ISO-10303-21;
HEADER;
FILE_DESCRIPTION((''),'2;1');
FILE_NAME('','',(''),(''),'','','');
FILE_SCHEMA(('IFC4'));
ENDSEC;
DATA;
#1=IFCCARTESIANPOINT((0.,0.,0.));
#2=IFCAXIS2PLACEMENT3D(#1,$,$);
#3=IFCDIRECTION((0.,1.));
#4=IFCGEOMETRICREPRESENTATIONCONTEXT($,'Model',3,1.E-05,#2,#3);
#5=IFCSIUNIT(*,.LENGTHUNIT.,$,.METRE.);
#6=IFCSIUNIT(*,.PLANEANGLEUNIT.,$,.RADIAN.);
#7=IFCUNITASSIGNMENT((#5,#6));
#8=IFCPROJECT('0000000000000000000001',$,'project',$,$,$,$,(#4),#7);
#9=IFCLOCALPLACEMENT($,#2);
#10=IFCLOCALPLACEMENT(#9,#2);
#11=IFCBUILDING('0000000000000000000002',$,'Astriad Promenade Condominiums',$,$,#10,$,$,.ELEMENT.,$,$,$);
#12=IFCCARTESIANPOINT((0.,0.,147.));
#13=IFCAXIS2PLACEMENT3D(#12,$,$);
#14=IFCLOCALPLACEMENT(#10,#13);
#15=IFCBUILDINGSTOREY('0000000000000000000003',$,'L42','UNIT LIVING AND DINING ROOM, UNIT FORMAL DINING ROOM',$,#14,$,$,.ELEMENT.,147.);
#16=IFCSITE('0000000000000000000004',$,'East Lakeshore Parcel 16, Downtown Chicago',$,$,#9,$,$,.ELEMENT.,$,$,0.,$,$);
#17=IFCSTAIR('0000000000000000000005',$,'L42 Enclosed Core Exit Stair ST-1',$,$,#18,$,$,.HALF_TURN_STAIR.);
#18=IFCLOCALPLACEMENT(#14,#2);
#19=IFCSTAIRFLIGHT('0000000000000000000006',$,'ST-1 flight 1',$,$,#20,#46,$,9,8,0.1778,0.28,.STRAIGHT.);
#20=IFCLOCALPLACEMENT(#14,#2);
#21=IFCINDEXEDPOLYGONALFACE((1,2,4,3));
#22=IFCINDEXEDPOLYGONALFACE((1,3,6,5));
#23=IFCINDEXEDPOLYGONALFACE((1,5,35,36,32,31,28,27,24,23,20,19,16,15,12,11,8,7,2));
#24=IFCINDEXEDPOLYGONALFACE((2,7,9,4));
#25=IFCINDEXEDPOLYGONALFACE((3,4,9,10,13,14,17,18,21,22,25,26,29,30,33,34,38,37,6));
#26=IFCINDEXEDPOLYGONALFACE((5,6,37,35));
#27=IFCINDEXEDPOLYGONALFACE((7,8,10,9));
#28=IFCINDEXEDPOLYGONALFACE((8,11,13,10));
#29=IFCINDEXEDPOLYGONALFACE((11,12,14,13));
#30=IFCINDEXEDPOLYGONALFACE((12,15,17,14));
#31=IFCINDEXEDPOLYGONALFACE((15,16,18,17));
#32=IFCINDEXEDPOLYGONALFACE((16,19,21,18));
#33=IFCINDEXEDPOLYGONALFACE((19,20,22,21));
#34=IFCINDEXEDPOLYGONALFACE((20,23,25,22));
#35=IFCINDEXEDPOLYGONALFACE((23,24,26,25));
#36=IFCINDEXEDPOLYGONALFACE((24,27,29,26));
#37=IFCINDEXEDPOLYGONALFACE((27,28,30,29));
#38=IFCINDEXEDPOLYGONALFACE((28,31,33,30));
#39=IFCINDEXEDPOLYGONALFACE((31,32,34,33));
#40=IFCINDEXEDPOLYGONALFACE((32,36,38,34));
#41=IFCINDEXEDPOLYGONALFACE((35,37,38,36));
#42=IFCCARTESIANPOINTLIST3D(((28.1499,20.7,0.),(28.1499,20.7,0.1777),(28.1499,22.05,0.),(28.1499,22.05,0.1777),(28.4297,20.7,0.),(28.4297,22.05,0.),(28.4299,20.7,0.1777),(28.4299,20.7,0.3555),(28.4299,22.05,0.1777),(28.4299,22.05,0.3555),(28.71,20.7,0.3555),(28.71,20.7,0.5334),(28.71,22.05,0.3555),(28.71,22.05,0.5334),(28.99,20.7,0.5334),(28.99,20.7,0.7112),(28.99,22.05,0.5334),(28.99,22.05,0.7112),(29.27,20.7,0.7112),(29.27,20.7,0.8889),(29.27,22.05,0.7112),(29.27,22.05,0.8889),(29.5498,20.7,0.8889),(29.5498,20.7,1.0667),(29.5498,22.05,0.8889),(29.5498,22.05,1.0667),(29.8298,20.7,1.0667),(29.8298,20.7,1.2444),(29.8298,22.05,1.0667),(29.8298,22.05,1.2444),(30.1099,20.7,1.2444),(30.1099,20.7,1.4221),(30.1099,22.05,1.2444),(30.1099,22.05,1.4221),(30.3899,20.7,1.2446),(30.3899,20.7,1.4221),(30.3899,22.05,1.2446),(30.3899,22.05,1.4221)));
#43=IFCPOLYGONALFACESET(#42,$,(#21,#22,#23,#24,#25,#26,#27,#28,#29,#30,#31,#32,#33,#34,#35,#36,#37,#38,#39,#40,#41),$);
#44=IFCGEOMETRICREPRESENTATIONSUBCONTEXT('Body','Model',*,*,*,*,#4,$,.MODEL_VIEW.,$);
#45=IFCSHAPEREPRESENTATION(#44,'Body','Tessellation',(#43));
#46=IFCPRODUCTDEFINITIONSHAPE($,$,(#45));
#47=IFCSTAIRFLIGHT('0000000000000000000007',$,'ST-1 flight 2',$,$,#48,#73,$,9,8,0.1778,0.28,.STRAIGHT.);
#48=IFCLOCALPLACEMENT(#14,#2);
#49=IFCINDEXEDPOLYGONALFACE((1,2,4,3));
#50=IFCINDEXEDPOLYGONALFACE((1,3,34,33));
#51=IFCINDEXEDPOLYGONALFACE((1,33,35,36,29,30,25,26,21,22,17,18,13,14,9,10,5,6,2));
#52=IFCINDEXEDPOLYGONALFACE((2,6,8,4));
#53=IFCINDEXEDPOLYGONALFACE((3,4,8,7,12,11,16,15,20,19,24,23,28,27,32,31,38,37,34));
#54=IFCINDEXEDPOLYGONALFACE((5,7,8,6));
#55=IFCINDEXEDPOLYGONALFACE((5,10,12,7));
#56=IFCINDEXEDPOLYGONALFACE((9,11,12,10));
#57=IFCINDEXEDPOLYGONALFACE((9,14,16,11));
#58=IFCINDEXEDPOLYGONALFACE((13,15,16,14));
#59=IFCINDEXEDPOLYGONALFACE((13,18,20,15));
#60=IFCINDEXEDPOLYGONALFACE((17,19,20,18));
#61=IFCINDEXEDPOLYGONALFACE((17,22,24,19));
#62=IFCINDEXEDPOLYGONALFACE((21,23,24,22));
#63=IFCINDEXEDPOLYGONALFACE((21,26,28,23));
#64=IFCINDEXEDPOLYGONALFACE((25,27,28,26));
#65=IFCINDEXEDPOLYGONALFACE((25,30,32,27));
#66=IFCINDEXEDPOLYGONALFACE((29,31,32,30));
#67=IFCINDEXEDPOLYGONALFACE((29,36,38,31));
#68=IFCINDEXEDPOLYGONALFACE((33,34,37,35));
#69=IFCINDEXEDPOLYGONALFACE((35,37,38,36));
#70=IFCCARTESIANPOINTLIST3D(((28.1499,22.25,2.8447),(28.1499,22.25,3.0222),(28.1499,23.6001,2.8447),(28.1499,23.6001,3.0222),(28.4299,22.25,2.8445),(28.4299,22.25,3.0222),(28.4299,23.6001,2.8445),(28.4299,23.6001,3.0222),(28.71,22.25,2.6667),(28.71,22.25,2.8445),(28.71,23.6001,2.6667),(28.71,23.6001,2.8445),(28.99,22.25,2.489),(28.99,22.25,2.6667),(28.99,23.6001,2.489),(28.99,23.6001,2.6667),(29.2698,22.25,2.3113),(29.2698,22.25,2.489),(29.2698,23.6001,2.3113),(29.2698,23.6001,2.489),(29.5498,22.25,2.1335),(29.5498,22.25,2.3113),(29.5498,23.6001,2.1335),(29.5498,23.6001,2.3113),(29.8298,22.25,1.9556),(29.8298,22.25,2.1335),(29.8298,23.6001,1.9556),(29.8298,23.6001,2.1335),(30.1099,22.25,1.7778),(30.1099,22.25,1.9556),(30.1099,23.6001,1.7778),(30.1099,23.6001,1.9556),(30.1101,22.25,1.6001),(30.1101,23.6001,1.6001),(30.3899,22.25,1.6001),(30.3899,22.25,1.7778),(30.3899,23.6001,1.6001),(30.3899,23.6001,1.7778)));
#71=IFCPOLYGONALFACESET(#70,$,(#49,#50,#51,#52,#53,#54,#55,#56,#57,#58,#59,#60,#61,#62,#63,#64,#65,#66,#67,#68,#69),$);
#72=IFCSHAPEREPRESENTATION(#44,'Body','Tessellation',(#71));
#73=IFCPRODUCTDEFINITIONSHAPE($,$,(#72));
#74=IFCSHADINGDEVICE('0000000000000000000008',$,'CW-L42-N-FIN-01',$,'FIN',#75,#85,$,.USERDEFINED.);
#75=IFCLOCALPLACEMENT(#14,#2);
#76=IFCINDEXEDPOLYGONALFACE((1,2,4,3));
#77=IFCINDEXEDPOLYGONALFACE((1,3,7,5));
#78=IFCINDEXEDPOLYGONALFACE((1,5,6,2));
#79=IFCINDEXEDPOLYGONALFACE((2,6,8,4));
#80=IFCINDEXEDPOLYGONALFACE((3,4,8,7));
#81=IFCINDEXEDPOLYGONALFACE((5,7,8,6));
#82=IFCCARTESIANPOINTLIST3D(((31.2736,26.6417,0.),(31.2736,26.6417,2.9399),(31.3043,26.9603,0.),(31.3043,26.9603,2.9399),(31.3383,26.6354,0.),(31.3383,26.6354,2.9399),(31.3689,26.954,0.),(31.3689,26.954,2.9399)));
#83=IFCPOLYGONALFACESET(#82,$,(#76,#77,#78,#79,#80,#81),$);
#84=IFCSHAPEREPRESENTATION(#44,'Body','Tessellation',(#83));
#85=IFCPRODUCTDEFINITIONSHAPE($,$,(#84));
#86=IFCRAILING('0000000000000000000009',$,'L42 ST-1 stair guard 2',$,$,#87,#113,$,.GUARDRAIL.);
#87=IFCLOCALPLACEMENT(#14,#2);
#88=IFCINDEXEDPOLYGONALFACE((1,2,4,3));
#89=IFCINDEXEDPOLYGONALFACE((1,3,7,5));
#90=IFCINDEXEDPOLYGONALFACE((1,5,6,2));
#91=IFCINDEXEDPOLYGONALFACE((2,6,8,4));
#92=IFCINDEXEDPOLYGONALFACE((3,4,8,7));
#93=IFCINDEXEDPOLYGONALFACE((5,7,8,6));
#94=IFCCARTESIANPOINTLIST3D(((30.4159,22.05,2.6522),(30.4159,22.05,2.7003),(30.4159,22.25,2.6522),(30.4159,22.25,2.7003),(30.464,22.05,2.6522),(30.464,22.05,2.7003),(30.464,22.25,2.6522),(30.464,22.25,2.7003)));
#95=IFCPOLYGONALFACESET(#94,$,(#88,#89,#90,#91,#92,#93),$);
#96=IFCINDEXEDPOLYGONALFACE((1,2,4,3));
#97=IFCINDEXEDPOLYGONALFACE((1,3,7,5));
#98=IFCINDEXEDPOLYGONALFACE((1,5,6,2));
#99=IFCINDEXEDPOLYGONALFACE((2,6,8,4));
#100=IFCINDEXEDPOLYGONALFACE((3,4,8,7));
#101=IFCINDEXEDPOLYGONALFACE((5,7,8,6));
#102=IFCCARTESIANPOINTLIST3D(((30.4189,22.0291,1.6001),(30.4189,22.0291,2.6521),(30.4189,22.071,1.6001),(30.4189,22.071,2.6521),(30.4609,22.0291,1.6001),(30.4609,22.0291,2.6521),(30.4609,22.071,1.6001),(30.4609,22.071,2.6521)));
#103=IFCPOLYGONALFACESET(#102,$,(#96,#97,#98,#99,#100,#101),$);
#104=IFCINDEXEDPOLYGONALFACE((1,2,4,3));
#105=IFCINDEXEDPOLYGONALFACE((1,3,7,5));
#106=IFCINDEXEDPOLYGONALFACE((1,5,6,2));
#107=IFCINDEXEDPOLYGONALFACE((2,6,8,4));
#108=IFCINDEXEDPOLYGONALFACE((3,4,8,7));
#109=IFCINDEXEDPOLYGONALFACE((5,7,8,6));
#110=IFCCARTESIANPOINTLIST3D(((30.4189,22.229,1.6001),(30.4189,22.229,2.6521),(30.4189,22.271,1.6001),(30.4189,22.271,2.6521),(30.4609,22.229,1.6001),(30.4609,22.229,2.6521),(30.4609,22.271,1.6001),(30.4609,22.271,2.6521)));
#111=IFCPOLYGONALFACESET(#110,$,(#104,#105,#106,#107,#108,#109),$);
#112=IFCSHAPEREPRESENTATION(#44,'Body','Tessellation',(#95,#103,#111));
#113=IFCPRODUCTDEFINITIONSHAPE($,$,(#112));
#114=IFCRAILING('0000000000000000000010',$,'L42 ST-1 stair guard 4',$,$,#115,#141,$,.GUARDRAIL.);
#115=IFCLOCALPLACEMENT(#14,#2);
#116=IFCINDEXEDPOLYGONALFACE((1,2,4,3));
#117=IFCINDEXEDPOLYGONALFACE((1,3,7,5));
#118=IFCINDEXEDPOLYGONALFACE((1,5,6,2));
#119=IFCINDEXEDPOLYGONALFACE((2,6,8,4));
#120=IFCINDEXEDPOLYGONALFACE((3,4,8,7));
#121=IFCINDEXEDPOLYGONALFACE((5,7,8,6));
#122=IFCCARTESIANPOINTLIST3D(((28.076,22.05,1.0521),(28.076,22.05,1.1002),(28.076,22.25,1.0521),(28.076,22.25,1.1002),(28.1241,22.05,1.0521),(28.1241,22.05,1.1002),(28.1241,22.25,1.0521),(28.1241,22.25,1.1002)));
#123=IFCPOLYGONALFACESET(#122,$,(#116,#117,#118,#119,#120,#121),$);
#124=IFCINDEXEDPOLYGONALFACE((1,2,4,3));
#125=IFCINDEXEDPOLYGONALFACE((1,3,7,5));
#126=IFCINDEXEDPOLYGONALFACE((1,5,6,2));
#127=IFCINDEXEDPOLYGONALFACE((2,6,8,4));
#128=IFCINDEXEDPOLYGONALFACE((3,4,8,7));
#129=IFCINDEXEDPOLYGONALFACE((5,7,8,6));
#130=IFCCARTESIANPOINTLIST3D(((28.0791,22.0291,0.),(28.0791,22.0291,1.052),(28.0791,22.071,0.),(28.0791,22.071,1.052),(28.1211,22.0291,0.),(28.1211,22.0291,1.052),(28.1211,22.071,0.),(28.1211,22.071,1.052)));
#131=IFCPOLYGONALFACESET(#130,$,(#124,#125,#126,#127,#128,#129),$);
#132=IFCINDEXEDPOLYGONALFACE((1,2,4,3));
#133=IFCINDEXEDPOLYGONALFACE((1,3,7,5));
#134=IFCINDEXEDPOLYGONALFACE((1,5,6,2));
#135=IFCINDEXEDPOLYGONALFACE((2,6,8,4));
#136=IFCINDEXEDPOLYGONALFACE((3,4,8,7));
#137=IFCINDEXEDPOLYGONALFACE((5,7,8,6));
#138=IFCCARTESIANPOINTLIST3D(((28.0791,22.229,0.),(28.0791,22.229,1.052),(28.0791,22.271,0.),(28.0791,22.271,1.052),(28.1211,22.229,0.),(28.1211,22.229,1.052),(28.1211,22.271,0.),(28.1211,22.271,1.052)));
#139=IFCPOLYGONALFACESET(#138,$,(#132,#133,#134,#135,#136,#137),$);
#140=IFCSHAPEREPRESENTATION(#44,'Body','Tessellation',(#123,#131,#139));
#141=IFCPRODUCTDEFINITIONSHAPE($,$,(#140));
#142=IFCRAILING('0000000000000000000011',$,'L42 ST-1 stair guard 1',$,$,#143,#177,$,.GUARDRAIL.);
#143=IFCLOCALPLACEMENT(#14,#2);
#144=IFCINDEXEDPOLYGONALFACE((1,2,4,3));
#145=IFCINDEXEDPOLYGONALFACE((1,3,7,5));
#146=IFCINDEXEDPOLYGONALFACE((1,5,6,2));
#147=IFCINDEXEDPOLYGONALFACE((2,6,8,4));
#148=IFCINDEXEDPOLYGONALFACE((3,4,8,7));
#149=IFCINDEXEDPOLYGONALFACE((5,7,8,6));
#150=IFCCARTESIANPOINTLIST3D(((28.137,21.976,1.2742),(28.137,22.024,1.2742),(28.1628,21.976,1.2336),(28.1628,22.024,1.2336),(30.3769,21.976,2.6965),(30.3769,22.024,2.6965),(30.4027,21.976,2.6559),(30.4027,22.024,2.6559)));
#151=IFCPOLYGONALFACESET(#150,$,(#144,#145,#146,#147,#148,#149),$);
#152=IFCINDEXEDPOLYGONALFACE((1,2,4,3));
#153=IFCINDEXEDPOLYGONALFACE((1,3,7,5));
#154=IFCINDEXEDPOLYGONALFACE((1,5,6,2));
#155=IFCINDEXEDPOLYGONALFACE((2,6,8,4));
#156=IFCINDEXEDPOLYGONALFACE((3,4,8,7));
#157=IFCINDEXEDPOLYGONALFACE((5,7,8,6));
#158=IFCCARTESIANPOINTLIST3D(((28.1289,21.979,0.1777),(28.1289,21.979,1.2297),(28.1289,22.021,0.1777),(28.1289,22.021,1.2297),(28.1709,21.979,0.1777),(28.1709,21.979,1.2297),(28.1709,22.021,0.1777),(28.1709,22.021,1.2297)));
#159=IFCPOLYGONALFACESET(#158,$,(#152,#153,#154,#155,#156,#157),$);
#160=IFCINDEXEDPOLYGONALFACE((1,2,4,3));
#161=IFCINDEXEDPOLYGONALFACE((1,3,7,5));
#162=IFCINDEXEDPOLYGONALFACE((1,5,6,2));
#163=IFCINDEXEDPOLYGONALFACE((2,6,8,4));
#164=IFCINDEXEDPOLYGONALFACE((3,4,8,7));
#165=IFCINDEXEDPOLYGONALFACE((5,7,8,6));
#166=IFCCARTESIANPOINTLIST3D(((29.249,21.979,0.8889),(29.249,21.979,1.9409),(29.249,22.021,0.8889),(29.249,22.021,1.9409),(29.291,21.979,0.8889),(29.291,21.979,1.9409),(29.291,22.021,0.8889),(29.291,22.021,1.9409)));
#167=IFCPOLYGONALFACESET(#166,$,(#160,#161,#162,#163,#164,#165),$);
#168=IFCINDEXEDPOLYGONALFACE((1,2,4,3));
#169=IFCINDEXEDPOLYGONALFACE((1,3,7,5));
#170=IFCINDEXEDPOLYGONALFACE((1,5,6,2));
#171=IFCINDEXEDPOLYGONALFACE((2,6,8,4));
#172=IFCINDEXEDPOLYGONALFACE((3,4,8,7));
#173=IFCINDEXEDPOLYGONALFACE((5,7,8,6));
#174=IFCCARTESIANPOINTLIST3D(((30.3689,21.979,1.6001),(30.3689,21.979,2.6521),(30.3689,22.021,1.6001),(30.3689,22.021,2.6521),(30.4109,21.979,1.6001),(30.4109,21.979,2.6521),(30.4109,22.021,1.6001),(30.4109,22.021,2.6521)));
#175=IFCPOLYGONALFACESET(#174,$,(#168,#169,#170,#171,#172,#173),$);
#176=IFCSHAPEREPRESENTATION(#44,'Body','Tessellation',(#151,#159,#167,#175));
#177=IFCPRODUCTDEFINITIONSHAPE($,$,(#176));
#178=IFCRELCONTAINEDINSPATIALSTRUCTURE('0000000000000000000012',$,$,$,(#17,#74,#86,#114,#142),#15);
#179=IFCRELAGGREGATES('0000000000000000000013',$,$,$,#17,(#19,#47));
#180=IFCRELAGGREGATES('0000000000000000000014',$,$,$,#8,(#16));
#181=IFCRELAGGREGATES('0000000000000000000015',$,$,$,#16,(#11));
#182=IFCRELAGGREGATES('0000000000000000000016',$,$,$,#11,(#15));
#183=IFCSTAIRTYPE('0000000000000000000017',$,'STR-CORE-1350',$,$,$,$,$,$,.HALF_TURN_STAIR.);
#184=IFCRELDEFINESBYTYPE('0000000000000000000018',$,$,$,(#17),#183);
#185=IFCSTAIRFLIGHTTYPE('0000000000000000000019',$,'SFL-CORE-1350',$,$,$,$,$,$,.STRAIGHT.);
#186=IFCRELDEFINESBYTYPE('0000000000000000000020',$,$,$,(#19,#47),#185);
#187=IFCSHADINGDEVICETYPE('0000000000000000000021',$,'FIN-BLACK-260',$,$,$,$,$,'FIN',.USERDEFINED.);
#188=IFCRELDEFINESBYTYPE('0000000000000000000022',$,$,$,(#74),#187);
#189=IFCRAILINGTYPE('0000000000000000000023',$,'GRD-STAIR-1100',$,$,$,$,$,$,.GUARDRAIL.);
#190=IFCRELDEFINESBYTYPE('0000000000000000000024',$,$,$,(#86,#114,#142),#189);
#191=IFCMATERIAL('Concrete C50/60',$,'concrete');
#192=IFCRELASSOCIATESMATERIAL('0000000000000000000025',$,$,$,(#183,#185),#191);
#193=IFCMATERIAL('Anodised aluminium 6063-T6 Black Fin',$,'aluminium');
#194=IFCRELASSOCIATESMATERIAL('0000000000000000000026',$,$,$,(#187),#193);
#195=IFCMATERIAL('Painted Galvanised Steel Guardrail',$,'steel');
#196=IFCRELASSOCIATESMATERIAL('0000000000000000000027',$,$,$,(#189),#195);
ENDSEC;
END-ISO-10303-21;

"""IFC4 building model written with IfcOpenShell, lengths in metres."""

from ifc_helpers import new_model, si_unit, direction, frame, origin, origin_2d, place, context, subcontext, project, spatial, polyline, rectangle, outline, extrude, source, transform, mapped, material, type_object, type_shapes, element, aggregate, save


model = new_model("IFC4")

# Units and contexts
model_context = context("Model", 3, precision=1e-05, world=origin(), true_north=direction((0.0, 1.0)))
body_context = subcontext(model_context, "Body", "Model", "MODEL_VIEW")
ifc_project = project(units=[si_unit("LENGTHUNIT", "METRE"), si_unit("PLANEANGLEUNIT", "RADIAN")], contexts=[model_context])

# Site, building, storey
site_placement = place(None, origin())
site = spatial("IfcSite", under=ifc_project, at=site_placement, Name="East Lakeshore Parcel 16, Downtown Chicago", CompositionType="ELEMENT", RefElevation=0.0)
building_placement = place(site_placement, origin())
building = spatial("IfcBuilding", under=site, at=building_placement, Name="Astriad Promenade Condominiums", CompositionType="ELEMENT")
storey_placement = place(building_placement, frame((0.0, 0.0, 147.0)))
storey = spatial("IfcBuildingStorey", under=building, at=storey_placement, Name="L42", Description="UNIT LIVING AND DINING ROOM, UNIT FORMAL DINING ROOM", CompositionType="ELEMENT", Elevation=147.0)

# Shared definitions
ifc_material_1 = material(Name="Concrete C50/60", Category="concrete")

# Stair, stair flights
stair_type = type_object("IfcStairType", Name="STR-CORE-1350", PredefinedType="HALF_TURN_STAIR", material=ifc_material_1)
stair_placement = place(storey_placement, origin())
stair = element("IfcStair", 1, at=stair_placement, inside=storey, type_object=stair_type, Name="L42 Enclosed Core Exit Stair ST-1", PredefinedType="HALF_TURN_STAIR")
stair_flight_type = type_object("IfcStairFlightType", Name="SFL-CORE-1350", PredefinedType="STRAIGHT", material=ifc_material_1)
shared_shape_1 = source(origin(), body_context, "Body", "SweptSolid", [
    extrude(outline(polyline([(0.0, 0.0), (0.0, 0.1777), (0.28, 0.1777), (0.28, 0.3555), (0.5601, 0.3555), (0.5601, 0.5334), (0.8401, 0.5334), (0.8401, 0.7112), (1.1201, 0.7112), (1.1201, 0.8889), (1.3999, 0.8889), (1.3999, 1.0667), (1.6799, 1.0667), (1.6799, 1.2444), (1.96, 1.2444), (1.96, 1.4221), (2.24, 1.4221), (2.24, 1.6001), (2.24, 1.2446), (0.2798, 0.0), (0.0, 0.0)])), frame((0.0, 0.675, 0.0), z_axis=(0.0, -1.0, 0.0), x_axis=(1.0, 0.0, 0.0)), (0.0, 0.0, 1.0), 1.3501),
])
type_shapes(stair_flight_type, [shared_shape_1])
stair_flight_1_placement = place(storey_placement, frame((28.1499, 21.375, 0.0), z_axis=(0.0, 0.0, 1.0), x_axis=(1.0, 0.0, 0.0)))
stair_flight_1 = element("IfcStairFlight", 2, at=stair_flight_1_placement, type_object=stair_flight_type, Name="ST-1 flight 1", NumberOfRisers=9, NumberOfTreads=8, PredefinedType="STRAIGHT", RiserHeight=0.1778, TreadLength=0.28, context=body_context, shape_type="MappedRepresentation", body=[
    mapped(shared_shape_1, transform((0.0, 0.0, 0.0), scale=1.0)),
])
stair_flight_2_placement = place(storey_placement, frame((30.3899, 22.925, 1.6001), z_axis=(0.0, 0.0, 1.0), x_axis=(-1.0, 0.0, 0.0)))
stair_flight_2 = element("IfcStairFlight", 3, at=stair_flight_2_placement, type_object=stair_flight_type, Name="ST-1 flight 2", NumberOfRisers=9, NumberOfTreads=8, PredefinedType="STRAIGHT", RiserHeight=0.1778, TreadLength=0.28, context=body_context, shape_type="MappedRepresentation", body=[
    mapped(shared_shape_1, transform((0.0, 0.0, 0.0), scale=1.0)),
])
aggregate(stair, [stair_flight_1, stair_flight_2])

# Shading device
ifc_material_2 = material(Name="Anodised aluminium 6063-T6 Black Fin", Category="aluminium")
shading_device_type = type_object("IfcShadingDeviceType", Name="FIN-BLACK-260", ElementType="FIN", PredefinedType="USERDEFINED", material=ifc_material_2)
shared_shape_2 = source(origin(), body_context, "Body", "SweptSolid", [
    extrude(rectangle(XDim=0.0649, YDim=0.3201, at=origin_2d()), origin(), (0.0, 0.0, 1.0), 2.9399),
])
type_shapes(shading_device_type, [shared_shape_2])
shading_device_placement = place(storey_placement, frame((31.3213, 26.7979, 0.0), z_axis=(0.0, 0.0, 1.0), x_axis=(0.995396, -0.095846, 0.0)))
element("IfcShadingDevice", 4, at=shading_device_placement, inside=storey, type_object=shading_device_type, Name="CW-L42-N-FIN-01", ObjectType="FIN", PredefinedType="USERDEFINED", context=body_context, shape_type="MappedRepresentation", body=[
    mapped(shared_shape_2, transform((0.0, 0.0, 0.0), scale=1.0)),
])

# Railings
ifc_material_3 = material(Name="Painted Galvanised Steel Guardrail", Category="steel")
railing_type_1 = type_object("IfcRailingType", Name="GRD-STAIR-1100", PredefinedType="GUARDRAIL", material=ifc_material_3)
shared_shape_3 = source(origin(), body_context, "Body", "SweptSolid", [
    extrude(rectangle(XDim=0.0481, YDim=0.0481, at=origin_2d()), frame((0.0, 0.0, 1.0762), z_axis=(0.0, 1.0, 0.0), x_axis=(-1.0, 0.0, 0.0)), (0.0, 0.0, 1.0), 0.2),
    extrude(rectangle(XDim=0.042, YDim=0.042, at=origin_2d()), origin(), (0.0, 0.0, 1.0), 1.052),
    extrude(rectangle(XDim=0.042, YDim=0.042, at=origin_2d()), frame((0.0, 0.2, 0.0)), (0.0, 0.0, 1.0), 1.052),
])
for number, where, name in (
    (5, (30.4399, 22.05, 1.6001), "L42 ST-1 stair guard 2"),
    (6, (28.1001, 22.05, 0.0), "L42 ST-1 stair guard 4"),
):
    element("IfcRailing", number, at=place(storey_placement, frame(where)), inside=storey, type_object=railing_type_1, Name=name, PredefinedType="GUARDRAIL", context=body_context, shape_type="MappedRepresentation", body=[
        mapped(shared_shape_3, transform((0.0, 0.0, 0.0), scale=1.0)),
    ])
shared_shape_4 = source(origin(), body_context, "Body", "SweptSolid", [
    extrude(rectangle(XDim=0.0481, YDim=0.0481, at=origin_2d()), frame((0.0, 0.0, 1.0762), z_axis=(0.844188, 0.0, 0.536048), x_axis=(0.0, 1.0, 0.0)), (0.0, 0.0, 1.0), 2.6533),
    extrude(rectangle(XDim=0.042, YDim=0.042, at=origin_2d()), origin(), (0.0, 0.0, 1.0), 1.052),
    extrude(rectangle(XDim=0.042, YDim=0.042, at=origin_2d()), frame((1.1201, 0.0, 0.7112)), (0.0, 0.0, 1.0), 1.052),
    extrude(rectangle(XDim=0.042, YDim=0.042, at=origin_2d()), frame((2.24, 0.0, 1.4224)), (0.0, 0.0, 1.0), 1.052),
])
railing_1_placement = place(storey_placement, frame((28.1499, 22.0, 0.1777)))
element("IfcRailing", 7, at=railing_1_placement, inside=storey, type_object=railing_type_1, Name="L42 ST-1 stair guard 1", PredefinedType="GUARDRAIL", context=body_context, shape_type="MappedRepresentation", body=[
    mapped(shared_shape_4, transform((0.0, 0.0, 0.0), scale=1.0)),
])

save(model, "model.ifc")
